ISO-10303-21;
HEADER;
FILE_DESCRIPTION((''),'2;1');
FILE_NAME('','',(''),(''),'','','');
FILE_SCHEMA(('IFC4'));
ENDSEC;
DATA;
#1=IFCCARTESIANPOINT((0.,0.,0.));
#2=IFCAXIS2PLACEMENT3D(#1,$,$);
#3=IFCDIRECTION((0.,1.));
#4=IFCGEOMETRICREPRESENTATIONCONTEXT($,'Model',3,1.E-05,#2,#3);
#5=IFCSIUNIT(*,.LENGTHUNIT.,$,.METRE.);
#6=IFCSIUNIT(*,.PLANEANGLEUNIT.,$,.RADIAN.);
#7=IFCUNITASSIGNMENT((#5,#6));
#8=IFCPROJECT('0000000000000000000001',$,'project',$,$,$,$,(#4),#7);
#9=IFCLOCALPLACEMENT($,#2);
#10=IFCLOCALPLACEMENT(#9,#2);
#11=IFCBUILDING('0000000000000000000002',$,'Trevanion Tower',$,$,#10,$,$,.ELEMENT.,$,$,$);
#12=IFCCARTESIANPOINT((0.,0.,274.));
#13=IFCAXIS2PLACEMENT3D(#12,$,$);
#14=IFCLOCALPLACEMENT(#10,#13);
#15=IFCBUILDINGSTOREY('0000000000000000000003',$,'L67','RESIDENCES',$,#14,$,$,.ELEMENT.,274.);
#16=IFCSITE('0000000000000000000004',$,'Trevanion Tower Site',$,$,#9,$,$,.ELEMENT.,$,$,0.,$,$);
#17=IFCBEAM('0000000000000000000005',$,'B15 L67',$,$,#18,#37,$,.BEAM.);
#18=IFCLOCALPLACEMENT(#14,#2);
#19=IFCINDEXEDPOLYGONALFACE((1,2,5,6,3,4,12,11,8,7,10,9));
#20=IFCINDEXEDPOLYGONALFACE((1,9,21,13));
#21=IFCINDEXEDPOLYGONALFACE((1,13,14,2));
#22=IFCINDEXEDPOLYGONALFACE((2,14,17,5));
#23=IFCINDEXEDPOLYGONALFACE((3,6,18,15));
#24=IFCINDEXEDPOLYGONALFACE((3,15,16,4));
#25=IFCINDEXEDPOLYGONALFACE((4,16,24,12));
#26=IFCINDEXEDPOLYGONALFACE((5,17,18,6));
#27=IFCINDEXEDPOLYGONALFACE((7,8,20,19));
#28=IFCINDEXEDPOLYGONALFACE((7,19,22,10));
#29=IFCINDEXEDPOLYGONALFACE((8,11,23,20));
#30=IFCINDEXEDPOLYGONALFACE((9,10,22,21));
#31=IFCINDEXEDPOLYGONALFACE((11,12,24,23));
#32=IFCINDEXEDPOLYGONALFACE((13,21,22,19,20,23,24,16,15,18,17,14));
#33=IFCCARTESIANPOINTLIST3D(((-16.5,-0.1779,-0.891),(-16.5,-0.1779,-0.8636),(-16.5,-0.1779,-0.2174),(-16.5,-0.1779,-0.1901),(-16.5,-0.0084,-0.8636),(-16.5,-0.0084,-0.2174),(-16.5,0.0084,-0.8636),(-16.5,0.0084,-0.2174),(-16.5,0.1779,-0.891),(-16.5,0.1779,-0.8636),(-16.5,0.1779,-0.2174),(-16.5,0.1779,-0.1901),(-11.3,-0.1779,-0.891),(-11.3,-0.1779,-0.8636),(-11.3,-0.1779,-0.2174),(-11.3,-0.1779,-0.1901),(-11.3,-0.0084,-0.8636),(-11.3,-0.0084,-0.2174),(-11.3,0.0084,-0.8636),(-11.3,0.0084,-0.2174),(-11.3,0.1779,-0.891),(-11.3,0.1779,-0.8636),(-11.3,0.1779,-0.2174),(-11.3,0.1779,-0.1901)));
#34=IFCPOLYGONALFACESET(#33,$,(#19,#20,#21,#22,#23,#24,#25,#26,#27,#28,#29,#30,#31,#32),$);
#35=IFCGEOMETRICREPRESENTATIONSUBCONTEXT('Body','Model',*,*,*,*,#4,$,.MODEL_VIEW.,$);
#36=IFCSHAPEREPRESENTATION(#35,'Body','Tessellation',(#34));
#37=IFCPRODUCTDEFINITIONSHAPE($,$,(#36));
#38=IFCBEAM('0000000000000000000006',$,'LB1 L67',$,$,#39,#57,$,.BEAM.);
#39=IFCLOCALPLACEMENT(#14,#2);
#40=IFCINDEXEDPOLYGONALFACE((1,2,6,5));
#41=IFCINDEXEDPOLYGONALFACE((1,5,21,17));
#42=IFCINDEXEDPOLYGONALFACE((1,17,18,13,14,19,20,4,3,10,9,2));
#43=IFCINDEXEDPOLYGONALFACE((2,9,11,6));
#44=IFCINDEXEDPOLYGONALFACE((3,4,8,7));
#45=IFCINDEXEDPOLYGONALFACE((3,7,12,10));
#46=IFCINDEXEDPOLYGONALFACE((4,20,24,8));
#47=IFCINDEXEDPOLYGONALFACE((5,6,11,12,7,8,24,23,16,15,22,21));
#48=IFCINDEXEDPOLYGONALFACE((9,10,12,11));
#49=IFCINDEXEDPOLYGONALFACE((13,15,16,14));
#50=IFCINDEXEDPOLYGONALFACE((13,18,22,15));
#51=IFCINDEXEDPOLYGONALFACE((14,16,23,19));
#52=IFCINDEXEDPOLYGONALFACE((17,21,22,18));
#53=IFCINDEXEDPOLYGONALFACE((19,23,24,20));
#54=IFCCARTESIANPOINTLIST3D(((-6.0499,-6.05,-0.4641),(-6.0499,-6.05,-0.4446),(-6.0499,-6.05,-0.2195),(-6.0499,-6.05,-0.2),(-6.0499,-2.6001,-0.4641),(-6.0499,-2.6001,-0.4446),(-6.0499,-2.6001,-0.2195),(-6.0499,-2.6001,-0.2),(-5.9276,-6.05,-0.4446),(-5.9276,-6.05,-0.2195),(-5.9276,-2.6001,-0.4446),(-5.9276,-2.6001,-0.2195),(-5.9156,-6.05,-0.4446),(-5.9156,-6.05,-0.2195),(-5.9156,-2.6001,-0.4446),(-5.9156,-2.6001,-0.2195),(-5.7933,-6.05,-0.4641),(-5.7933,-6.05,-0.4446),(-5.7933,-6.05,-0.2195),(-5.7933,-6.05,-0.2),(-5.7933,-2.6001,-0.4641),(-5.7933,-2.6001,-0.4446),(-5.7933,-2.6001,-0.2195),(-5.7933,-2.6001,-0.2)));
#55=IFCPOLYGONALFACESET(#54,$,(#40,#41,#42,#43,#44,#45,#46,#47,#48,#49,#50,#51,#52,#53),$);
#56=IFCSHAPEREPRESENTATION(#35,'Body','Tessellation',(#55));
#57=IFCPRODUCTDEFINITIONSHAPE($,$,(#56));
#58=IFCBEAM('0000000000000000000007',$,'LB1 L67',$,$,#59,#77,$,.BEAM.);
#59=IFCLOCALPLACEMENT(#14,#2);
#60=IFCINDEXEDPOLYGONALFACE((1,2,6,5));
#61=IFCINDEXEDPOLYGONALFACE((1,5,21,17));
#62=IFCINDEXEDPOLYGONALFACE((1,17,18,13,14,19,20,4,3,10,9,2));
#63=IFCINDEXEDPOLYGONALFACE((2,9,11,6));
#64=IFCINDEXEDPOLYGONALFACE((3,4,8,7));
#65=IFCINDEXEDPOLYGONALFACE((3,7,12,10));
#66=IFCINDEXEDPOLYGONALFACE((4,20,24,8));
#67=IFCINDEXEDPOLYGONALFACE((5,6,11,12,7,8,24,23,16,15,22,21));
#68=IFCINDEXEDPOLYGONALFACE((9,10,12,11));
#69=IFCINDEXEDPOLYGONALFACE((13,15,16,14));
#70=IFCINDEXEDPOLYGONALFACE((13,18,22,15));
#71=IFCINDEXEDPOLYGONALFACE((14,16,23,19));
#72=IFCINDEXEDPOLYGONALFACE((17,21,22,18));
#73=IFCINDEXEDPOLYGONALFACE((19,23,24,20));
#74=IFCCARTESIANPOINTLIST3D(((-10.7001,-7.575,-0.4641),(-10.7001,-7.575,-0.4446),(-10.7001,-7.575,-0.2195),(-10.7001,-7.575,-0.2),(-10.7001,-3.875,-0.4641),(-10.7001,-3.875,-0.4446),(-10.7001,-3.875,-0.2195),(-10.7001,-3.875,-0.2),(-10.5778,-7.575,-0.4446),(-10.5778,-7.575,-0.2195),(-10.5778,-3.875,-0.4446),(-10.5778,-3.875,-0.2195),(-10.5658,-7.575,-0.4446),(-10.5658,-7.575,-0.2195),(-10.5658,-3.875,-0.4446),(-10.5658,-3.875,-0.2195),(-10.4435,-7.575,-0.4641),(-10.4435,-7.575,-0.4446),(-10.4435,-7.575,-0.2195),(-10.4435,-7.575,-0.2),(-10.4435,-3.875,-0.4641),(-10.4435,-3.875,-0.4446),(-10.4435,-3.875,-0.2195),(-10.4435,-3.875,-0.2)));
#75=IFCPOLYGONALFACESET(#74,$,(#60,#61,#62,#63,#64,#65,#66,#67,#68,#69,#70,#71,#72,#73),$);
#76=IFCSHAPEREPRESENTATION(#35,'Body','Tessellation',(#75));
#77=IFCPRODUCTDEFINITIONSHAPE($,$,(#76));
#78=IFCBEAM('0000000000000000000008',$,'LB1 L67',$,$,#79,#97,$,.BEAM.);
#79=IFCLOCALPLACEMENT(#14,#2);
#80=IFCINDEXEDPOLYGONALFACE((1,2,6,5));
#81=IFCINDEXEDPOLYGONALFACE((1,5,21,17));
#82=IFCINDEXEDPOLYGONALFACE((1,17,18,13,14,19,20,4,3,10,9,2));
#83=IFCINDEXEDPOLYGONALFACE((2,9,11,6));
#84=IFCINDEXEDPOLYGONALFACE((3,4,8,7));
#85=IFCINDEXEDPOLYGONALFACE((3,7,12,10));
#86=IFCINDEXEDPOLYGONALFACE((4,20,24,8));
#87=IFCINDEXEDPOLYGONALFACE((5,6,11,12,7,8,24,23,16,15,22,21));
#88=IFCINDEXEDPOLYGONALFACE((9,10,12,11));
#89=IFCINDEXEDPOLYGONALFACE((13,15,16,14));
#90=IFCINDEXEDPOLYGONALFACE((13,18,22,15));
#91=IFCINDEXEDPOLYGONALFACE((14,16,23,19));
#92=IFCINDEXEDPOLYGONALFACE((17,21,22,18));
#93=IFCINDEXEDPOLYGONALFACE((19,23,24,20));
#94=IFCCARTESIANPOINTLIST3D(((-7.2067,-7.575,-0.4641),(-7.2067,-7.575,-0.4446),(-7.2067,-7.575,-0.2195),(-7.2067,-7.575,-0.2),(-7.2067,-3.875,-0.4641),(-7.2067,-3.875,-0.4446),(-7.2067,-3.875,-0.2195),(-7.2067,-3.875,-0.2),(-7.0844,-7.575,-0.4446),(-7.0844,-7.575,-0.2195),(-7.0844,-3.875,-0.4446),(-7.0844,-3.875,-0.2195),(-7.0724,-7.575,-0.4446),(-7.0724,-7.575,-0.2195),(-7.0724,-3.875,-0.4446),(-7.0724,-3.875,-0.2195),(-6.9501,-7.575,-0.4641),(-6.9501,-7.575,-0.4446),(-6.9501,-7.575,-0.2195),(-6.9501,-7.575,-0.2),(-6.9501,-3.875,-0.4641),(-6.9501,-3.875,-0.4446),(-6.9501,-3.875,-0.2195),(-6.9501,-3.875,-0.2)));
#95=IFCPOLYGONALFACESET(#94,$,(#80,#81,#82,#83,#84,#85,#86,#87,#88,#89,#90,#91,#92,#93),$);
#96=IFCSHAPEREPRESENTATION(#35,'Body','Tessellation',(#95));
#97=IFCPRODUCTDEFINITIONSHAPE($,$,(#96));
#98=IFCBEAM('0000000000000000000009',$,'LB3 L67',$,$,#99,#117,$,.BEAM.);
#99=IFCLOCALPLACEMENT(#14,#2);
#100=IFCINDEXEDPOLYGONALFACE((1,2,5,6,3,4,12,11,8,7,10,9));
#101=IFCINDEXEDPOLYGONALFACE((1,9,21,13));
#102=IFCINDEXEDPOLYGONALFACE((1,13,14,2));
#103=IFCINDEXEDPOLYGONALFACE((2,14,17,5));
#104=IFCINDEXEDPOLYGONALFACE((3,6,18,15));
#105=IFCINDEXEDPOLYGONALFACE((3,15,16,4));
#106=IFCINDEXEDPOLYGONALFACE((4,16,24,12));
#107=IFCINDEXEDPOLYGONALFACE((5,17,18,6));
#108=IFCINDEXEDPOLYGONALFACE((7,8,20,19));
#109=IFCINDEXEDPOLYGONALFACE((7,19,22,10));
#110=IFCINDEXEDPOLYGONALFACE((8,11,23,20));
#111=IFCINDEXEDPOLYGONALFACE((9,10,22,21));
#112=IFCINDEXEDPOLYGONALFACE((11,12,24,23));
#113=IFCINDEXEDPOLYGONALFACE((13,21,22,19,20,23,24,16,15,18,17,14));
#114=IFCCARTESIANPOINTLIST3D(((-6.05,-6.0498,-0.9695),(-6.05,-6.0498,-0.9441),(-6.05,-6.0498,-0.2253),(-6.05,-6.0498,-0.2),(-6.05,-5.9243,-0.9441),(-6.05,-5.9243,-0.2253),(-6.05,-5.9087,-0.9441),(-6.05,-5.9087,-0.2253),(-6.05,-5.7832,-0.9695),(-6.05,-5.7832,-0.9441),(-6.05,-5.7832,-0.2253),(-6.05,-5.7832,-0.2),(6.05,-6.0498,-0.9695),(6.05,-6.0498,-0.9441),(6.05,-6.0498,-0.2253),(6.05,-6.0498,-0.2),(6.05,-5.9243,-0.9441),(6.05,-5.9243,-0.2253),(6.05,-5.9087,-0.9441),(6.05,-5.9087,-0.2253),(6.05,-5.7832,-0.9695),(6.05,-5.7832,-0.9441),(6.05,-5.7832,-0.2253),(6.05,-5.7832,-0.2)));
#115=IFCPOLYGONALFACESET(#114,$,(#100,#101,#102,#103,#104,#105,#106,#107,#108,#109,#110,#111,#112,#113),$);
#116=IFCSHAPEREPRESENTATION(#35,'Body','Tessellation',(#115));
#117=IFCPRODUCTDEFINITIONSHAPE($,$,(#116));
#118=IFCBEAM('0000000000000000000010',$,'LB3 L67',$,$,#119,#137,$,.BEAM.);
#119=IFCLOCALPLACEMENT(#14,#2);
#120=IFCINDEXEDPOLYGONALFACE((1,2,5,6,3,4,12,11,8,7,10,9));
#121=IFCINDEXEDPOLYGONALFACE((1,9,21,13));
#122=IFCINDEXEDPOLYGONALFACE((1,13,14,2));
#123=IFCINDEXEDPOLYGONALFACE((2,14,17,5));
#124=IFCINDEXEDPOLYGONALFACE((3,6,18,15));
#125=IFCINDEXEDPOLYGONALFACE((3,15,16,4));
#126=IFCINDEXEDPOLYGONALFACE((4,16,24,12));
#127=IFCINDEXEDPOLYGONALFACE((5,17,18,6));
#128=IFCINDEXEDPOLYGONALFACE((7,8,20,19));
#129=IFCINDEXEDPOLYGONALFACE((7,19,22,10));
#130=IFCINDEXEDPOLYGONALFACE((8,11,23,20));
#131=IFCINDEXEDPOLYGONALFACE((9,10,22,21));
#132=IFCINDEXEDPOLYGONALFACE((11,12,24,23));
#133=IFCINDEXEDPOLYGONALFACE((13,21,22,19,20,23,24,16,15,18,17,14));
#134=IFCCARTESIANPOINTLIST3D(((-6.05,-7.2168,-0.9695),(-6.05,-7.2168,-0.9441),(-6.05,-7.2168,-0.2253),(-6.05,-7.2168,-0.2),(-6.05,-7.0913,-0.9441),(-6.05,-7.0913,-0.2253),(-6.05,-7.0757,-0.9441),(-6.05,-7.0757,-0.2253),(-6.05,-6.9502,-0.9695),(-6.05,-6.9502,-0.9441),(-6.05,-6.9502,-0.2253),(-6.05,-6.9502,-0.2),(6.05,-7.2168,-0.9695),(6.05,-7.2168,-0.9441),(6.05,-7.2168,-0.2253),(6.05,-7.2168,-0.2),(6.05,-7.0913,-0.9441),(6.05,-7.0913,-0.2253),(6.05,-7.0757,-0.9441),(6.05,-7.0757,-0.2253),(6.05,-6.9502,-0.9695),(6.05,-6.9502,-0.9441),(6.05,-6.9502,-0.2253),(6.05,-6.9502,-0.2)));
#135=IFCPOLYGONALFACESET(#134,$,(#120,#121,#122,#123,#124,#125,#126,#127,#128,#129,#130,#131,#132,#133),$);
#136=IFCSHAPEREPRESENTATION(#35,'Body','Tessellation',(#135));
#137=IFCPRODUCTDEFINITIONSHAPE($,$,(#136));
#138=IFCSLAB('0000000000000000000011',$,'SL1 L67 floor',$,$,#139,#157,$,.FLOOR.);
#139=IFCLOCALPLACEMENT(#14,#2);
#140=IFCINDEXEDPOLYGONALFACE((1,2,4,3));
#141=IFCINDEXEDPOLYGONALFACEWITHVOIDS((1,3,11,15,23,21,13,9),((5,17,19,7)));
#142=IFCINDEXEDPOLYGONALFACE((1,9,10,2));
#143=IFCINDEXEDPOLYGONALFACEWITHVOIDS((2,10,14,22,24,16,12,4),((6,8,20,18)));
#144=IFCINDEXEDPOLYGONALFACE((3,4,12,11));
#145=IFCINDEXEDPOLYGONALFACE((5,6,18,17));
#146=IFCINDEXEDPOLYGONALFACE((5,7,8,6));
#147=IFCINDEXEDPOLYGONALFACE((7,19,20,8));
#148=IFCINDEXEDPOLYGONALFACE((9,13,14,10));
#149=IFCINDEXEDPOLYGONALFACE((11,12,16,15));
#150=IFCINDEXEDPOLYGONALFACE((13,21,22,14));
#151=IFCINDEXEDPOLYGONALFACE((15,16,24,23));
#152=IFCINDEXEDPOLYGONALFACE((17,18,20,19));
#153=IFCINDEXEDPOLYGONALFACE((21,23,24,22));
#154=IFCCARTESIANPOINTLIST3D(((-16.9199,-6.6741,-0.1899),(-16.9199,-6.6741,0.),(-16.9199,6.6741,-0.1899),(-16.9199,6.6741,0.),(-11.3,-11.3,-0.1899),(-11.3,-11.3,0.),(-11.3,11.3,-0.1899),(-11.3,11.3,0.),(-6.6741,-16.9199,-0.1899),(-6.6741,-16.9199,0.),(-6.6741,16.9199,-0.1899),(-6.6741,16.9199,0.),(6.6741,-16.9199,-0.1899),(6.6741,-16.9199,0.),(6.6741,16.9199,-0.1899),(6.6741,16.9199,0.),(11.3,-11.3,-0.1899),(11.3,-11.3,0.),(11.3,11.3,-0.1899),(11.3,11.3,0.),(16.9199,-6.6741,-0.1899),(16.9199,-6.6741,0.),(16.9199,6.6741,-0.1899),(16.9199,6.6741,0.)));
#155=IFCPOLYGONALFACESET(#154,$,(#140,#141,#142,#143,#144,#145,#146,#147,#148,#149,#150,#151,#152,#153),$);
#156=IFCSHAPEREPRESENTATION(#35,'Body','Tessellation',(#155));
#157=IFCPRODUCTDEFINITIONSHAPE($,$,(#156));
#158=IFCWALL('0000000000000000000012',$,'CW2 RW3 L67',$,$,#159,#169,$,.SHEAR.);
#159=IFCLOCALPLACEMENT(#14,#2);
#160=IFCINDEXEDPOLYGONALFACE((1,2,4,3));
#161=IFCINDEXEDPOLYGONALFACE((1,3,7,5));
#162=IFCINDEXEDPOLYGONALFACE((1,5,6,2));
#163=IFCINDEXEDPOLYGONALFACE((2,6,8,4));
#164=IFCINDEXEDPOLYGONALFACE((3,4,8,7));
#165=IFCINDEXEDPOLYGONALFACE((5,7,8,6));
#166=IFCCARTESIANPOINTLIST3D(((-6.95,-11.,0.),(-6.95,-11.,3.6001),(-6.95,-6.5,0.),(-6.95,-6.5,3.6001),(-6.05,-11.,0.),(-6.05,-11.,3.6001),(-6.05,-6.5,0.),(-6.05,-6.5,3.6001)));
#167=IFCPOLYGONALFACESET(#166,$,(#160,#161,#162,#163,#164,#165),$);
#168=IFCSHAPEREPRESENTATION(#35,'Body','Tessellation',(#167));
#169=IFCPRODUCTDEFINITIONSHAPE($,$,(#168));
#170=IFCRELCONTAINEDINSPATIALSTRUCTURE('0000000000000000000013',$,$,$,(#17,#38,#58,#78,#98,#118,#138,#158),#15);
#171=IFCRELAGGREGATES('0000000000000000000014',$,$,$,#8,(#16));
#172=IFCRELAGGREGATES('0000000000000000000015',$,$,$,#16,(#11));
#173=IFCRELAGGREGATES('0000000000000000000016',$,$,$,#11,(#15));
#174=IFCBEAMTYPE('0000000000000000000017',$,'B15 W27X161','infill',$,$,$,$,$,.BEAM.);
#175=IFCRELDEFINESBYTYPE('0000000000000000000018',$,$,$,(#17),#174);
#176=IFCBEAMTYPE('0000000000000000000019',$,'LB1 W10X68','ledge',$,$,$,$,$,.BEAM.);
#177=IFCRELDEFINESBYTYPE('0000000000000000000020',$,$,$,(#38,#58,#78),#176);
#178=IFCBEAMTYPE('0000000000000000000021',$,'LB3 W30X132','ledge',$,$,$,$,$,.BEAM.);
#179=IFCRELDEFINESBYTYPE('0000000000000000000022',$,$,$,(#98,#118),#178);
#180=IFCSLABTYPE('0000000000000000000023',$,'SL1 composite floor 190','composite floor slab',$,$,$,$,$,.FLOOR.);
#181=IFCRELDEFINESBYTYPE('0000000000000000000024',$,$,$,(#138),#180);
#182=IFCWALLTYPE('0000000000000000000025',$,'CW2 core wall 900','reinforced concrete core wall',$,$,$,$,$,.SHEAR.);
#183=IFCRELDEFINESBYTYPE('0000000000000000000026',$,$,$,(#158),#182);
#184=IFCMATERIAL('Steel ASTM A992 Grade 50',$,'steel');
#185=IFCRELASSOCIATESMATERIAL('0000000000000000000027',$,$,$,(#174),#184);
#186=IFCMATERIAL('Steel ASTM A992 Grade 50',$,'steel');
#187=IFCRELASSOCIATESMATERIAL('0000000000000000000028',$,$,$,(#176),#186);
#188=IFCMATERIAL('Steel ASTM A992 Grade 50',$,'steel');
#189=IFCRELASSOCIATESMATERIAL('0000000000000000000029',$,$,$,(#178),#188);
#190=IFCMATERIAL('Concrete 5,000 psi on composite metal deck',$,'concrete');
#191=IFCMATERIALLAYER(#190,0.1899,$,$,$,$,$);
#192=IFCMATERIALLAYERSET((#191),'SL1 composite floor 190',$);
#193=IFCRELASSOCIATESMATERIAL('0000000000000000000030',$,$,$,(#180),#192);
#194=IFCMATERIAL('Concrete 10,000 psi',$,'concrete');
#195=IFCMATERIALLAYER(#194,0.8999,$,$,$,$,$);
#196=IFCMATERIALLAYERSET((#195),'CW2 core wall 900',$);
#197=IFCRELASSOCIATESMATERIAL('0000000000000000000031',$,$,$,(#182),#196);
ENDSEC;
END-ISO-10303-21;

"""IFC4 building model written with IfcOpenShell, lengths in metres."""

from ifc_helpers import new_model, si_unit, direction, frame, frame_2d, origin, origin_2d, place, context, subcontext, project, spatial, polyline, rectangle, i_section, outline, extrude, material, layer, layer_set, material_profile, profile_set, type_object, element, save


model = new_model("IFC4")

# Units and contexts
model_context = context("Model", 3, precision=1e-05, world=origin(), true_north=direction((0.0, 1.0)))
body_context = subcontext(model_context, "Body", "Model", "MODEL_VIEW")
ifc_project = project(units=[si_unit("LENGTHUNIT", "METRE"), si_unit("PLANEANGLEUNIT", "RADIAN")], contexts=[model_context])

# Site, building, storey
site_placement = place(None, origin())
site = spatial("IfcSite", under=ifc_project, at=site_placement, Name="Trevanion Tower Site", CompositionType="ELEMENT", RefElevation=0.0)
building_placement = place(site_placement, origin())
building = spatial("IfcBuilding", under=site, at=building_placement, Name="Trevanion Tower", CompositionType="ELEMENT")
storey_placement = place(building_placement, frame((0.0, 0.0, 274.0)))
storey = spatial("IfcBuildingStorey", under=building, at=storey_placement, Name="L67", Description="RESIDENCES", CompositionType="ELEMENT", Elevation=274.0)

# Beams
ifc_material_1 = material(Name="Steel ASTM A992 Grade 50", Category="steel")
ifc_material_profile_1 = material_profile(ifc_material_1, i_section(OverallWidth=0.3557, OverallDepth=0.7009, WebThickness=0.0168, FlangeThickness=0.0273, at=origin_2d()), Name="W27X161")
ifc_profile_set_1 = profile_set([ifc_material_profile_1], Name="Steel ASTM A992 Grade 50")
beam_type_1 = type_object("IfcBeamType", Name="B15 W27X161", Description="infill", PredefinedType="BEAM", material=ifc_profile_set_1)
beam_1_placement = place(storey_placement, frame((-11.3, 0.0, -0.5405), z_axis=(-1.0, 0.0, 0.0), x_axis=(0.0, -1.0, 0.0)))
element("IfcBeam", 1, at=beam_1_placement, inside=storey, type_object=beam_type_1, Name="B15 L67", PredefinedType="BEAM", context=body_context, shape_type="SweptSolid", body=[
    extrude(i_section(OverallWidth=0.3557, OverallDepth=0.7009, WebThickness=0.0168, FlangeThickness=0.0273, at=origin_2d()), origin(), (0.0, 0.0, 1.0), 5.2),
])
ifc_material_2 = material(Name="Steel ASTM A992 Grade 50", Category="steel")
ifc_material_profile_2 = material_profile(ifc_material_2, i_section(OverallWidth=0.2566, OverallDepth=0.2642, WebThickness=0.012, FlangeThickness=0.0195, at=origin_2d()), Name="W10X68")
ifc_profile_set_2 = profile_set([ifc_material_profile_2], Name="Steel ASTM A992 Grade 50")
beam_type_2 = type_object("IfcBeamType", Name="LB1 W10X68", Description="ledge", PredefinedType="BEAM", material=ifc_profile_set_2)
beam_2_placement = place(storey_placement, frame((-5.9216, -6.05, -0.332), z_axis=(0.0, 1.0, 0.0), x_axis=(-1.0, 0.0, 0.0)))
element("IfcBeam", 2, at=beam_2_placement, inside=storey, type_object=beam_type_2, Name="LB1 L67", PredefinedType="BEAM", context=body_context, shape_type="SweptSolid", body=[
    extrude(i_section(OverallWidth=0.2566, OverallDepth=0.2642, WebThickness=0.012, FlangeThickness=0.0195, at=origin_2d()), origin(), (0.0, 0.0, 1.0), 3.45),
])
for number, where, z_axis, x_axis, name in (
    (3, (-10.5718, -7.575, -0.332), (0.0, 1.0, 0.0), (-1.0, 0.0, 0.0), "LB1 L67"),
    (4, (-7.0784, -7.575, -0.332), (0.0, 1.0, 0.0), (-1.0, 0.0, 0.0), "LB1 L67"),
):
    element("IfcBeam", number, at=place(storey_placement, frame(where, z_axis=z_axis, x_axis=x_axis)), inside=storey, type_object=beam_type_2, Name=name, PredefinedType="BEAM", context=body_context, shape_type="SweptSolid", body=[
        extrude(i_section(OverallWidth=0.2566, OverallDepth=0.2642, WebThickness=0.012, FlangeThickness=0.0195, at=origin_2d()), origin(), (0.0, 0.0, 1.0), 3.7),
    ])
ifc_material_3 = material(Name="Steel ASTM A992 Grade 50", Category="steel")
ifc_material_profile_3 = material_profile(ifc_material_3, i_section(OverallWidth=0.2666, OverallDepth=0.7695, WebThickness=0.0156, FlangeThickness=0.0254, at=origin_2d()), Name="W30X132")
ifc_profile_set_3 = profile_set([ifc_material_profile_3], Name="Steel ASTM A992 Grade 50")
beam_type_3 = type_object("IfcBeamType", Name="LB3 W30X132", Description="ledge", PredefinedType="BEAM", material=ifc_profile_set_3)
for number, where, z_axis, x_axis, name in (
    (5, (-6.05, -5.9165, -0.5847), (1.0, 0.0, 0.0), (0.0, 1.0, 0.0), "LB3 L67"),
    (6, (-6.05, -7.0835, -0.5847), (1.0, 0.0, 0.0), (0.0, 1.0, 0.0), "LB3 L67"),
):
    element("IfcBeam", number, at=place(storey_placement, frame(where, z_axis=z_axis, x_axis=x_axis)), inside=storey, type_object=beam_type_3, Name=name, PredefinedType="BEAM", context=body_context, shape_type="SweptSolid", body=[
        extrude(i_section(OverallWidth=0.2666, OverallDepth=0.7695, WebThickness=0.0156, FlangeThickness=0.0254, at=origin_2d()), origin(), (0.0, 0.0, 1.0), 12.1001),
    ])

# Slab
ifc_material_4 = material(Name="Concrete 5,000 psi on composite metal deck", Category="concrete")
ifc_layer_1 = layer(ifc_material_4, 0.1899)
ifc_layer_set_1 = layer_set([ifc_layer_1], Name="SL1 composite floor 190")
slab_type = type_object("IfcSlabType", Name="SL1 composite floor 190", Description="composite floor slab", PredefinedType="FLOOR", material=ifc_layer_set_1)
slab_placement = place(storey_placement, frame((0.0, 0.0, -0.1899)))
element("IfcSlab", 7, at=slab_placement, inside=storey, type_object=slab_type, Name="SL1 L67 floor", PredefinedType="FLOOR", context=body_context, shape_type="SweptSolid", body=[
    extrude(outline(polyline([(16.9199, -6.6741), (16.9199, 6.6741), (6.6741, 16.9199), (-6.6741, 16.9199), (-16.9199, 6.6741), (-16.9199, -6.6741), (-6.6741, -16.9199), (6.6741, -16.9199), (16.9199, -6.6741)]), holes=[polyline([(11.3, -11.3), (11.3, 11.3), (-11.3, 11.3), (-11.3, -11.3), (11.3, -11.3)])]), origin(), (0.0, 0.0, 1.0), 0.1899),
])

# Wall
ifc_material_5 = material(Name="Concrete 10,000 psi", Category="concrete")
ifc_layer_2 = layer(ifc_material_5, 0.8999)
ifc_layer_set_2 = layer_set([ifc_layer_2], Name="CW2 core wall 900")
wall_type_1 = type_object("IfcWallType", Name="CW2 core wall 900", Description="reinforced concrete core wall", PredefinedType="SHEAR", material=ifc_layer_set_2)
wall_1_placement = place(storey_placement, frame((-6.5, -6.5, 0.0), z_axis=(0.0, 0.0, 1.0), x_axis=(0.0, -1.0, 0.0)))
element("IfcWall", 8, at=wall_1_placement, inside=storey, type_object=wall_type_1, Name="CW2 RW3 L67", PredefinedType="SHEAR", context=body_context, shape_type="SweptSolid", body=[
    extrude(rectangle(XDim=4.5, YDim=0.8999, at=frame_2d((2.25, 0.0))), origin(), (0.0, 0.0, 1.0), 3.6001),
])

save(model, "model.ifc")
